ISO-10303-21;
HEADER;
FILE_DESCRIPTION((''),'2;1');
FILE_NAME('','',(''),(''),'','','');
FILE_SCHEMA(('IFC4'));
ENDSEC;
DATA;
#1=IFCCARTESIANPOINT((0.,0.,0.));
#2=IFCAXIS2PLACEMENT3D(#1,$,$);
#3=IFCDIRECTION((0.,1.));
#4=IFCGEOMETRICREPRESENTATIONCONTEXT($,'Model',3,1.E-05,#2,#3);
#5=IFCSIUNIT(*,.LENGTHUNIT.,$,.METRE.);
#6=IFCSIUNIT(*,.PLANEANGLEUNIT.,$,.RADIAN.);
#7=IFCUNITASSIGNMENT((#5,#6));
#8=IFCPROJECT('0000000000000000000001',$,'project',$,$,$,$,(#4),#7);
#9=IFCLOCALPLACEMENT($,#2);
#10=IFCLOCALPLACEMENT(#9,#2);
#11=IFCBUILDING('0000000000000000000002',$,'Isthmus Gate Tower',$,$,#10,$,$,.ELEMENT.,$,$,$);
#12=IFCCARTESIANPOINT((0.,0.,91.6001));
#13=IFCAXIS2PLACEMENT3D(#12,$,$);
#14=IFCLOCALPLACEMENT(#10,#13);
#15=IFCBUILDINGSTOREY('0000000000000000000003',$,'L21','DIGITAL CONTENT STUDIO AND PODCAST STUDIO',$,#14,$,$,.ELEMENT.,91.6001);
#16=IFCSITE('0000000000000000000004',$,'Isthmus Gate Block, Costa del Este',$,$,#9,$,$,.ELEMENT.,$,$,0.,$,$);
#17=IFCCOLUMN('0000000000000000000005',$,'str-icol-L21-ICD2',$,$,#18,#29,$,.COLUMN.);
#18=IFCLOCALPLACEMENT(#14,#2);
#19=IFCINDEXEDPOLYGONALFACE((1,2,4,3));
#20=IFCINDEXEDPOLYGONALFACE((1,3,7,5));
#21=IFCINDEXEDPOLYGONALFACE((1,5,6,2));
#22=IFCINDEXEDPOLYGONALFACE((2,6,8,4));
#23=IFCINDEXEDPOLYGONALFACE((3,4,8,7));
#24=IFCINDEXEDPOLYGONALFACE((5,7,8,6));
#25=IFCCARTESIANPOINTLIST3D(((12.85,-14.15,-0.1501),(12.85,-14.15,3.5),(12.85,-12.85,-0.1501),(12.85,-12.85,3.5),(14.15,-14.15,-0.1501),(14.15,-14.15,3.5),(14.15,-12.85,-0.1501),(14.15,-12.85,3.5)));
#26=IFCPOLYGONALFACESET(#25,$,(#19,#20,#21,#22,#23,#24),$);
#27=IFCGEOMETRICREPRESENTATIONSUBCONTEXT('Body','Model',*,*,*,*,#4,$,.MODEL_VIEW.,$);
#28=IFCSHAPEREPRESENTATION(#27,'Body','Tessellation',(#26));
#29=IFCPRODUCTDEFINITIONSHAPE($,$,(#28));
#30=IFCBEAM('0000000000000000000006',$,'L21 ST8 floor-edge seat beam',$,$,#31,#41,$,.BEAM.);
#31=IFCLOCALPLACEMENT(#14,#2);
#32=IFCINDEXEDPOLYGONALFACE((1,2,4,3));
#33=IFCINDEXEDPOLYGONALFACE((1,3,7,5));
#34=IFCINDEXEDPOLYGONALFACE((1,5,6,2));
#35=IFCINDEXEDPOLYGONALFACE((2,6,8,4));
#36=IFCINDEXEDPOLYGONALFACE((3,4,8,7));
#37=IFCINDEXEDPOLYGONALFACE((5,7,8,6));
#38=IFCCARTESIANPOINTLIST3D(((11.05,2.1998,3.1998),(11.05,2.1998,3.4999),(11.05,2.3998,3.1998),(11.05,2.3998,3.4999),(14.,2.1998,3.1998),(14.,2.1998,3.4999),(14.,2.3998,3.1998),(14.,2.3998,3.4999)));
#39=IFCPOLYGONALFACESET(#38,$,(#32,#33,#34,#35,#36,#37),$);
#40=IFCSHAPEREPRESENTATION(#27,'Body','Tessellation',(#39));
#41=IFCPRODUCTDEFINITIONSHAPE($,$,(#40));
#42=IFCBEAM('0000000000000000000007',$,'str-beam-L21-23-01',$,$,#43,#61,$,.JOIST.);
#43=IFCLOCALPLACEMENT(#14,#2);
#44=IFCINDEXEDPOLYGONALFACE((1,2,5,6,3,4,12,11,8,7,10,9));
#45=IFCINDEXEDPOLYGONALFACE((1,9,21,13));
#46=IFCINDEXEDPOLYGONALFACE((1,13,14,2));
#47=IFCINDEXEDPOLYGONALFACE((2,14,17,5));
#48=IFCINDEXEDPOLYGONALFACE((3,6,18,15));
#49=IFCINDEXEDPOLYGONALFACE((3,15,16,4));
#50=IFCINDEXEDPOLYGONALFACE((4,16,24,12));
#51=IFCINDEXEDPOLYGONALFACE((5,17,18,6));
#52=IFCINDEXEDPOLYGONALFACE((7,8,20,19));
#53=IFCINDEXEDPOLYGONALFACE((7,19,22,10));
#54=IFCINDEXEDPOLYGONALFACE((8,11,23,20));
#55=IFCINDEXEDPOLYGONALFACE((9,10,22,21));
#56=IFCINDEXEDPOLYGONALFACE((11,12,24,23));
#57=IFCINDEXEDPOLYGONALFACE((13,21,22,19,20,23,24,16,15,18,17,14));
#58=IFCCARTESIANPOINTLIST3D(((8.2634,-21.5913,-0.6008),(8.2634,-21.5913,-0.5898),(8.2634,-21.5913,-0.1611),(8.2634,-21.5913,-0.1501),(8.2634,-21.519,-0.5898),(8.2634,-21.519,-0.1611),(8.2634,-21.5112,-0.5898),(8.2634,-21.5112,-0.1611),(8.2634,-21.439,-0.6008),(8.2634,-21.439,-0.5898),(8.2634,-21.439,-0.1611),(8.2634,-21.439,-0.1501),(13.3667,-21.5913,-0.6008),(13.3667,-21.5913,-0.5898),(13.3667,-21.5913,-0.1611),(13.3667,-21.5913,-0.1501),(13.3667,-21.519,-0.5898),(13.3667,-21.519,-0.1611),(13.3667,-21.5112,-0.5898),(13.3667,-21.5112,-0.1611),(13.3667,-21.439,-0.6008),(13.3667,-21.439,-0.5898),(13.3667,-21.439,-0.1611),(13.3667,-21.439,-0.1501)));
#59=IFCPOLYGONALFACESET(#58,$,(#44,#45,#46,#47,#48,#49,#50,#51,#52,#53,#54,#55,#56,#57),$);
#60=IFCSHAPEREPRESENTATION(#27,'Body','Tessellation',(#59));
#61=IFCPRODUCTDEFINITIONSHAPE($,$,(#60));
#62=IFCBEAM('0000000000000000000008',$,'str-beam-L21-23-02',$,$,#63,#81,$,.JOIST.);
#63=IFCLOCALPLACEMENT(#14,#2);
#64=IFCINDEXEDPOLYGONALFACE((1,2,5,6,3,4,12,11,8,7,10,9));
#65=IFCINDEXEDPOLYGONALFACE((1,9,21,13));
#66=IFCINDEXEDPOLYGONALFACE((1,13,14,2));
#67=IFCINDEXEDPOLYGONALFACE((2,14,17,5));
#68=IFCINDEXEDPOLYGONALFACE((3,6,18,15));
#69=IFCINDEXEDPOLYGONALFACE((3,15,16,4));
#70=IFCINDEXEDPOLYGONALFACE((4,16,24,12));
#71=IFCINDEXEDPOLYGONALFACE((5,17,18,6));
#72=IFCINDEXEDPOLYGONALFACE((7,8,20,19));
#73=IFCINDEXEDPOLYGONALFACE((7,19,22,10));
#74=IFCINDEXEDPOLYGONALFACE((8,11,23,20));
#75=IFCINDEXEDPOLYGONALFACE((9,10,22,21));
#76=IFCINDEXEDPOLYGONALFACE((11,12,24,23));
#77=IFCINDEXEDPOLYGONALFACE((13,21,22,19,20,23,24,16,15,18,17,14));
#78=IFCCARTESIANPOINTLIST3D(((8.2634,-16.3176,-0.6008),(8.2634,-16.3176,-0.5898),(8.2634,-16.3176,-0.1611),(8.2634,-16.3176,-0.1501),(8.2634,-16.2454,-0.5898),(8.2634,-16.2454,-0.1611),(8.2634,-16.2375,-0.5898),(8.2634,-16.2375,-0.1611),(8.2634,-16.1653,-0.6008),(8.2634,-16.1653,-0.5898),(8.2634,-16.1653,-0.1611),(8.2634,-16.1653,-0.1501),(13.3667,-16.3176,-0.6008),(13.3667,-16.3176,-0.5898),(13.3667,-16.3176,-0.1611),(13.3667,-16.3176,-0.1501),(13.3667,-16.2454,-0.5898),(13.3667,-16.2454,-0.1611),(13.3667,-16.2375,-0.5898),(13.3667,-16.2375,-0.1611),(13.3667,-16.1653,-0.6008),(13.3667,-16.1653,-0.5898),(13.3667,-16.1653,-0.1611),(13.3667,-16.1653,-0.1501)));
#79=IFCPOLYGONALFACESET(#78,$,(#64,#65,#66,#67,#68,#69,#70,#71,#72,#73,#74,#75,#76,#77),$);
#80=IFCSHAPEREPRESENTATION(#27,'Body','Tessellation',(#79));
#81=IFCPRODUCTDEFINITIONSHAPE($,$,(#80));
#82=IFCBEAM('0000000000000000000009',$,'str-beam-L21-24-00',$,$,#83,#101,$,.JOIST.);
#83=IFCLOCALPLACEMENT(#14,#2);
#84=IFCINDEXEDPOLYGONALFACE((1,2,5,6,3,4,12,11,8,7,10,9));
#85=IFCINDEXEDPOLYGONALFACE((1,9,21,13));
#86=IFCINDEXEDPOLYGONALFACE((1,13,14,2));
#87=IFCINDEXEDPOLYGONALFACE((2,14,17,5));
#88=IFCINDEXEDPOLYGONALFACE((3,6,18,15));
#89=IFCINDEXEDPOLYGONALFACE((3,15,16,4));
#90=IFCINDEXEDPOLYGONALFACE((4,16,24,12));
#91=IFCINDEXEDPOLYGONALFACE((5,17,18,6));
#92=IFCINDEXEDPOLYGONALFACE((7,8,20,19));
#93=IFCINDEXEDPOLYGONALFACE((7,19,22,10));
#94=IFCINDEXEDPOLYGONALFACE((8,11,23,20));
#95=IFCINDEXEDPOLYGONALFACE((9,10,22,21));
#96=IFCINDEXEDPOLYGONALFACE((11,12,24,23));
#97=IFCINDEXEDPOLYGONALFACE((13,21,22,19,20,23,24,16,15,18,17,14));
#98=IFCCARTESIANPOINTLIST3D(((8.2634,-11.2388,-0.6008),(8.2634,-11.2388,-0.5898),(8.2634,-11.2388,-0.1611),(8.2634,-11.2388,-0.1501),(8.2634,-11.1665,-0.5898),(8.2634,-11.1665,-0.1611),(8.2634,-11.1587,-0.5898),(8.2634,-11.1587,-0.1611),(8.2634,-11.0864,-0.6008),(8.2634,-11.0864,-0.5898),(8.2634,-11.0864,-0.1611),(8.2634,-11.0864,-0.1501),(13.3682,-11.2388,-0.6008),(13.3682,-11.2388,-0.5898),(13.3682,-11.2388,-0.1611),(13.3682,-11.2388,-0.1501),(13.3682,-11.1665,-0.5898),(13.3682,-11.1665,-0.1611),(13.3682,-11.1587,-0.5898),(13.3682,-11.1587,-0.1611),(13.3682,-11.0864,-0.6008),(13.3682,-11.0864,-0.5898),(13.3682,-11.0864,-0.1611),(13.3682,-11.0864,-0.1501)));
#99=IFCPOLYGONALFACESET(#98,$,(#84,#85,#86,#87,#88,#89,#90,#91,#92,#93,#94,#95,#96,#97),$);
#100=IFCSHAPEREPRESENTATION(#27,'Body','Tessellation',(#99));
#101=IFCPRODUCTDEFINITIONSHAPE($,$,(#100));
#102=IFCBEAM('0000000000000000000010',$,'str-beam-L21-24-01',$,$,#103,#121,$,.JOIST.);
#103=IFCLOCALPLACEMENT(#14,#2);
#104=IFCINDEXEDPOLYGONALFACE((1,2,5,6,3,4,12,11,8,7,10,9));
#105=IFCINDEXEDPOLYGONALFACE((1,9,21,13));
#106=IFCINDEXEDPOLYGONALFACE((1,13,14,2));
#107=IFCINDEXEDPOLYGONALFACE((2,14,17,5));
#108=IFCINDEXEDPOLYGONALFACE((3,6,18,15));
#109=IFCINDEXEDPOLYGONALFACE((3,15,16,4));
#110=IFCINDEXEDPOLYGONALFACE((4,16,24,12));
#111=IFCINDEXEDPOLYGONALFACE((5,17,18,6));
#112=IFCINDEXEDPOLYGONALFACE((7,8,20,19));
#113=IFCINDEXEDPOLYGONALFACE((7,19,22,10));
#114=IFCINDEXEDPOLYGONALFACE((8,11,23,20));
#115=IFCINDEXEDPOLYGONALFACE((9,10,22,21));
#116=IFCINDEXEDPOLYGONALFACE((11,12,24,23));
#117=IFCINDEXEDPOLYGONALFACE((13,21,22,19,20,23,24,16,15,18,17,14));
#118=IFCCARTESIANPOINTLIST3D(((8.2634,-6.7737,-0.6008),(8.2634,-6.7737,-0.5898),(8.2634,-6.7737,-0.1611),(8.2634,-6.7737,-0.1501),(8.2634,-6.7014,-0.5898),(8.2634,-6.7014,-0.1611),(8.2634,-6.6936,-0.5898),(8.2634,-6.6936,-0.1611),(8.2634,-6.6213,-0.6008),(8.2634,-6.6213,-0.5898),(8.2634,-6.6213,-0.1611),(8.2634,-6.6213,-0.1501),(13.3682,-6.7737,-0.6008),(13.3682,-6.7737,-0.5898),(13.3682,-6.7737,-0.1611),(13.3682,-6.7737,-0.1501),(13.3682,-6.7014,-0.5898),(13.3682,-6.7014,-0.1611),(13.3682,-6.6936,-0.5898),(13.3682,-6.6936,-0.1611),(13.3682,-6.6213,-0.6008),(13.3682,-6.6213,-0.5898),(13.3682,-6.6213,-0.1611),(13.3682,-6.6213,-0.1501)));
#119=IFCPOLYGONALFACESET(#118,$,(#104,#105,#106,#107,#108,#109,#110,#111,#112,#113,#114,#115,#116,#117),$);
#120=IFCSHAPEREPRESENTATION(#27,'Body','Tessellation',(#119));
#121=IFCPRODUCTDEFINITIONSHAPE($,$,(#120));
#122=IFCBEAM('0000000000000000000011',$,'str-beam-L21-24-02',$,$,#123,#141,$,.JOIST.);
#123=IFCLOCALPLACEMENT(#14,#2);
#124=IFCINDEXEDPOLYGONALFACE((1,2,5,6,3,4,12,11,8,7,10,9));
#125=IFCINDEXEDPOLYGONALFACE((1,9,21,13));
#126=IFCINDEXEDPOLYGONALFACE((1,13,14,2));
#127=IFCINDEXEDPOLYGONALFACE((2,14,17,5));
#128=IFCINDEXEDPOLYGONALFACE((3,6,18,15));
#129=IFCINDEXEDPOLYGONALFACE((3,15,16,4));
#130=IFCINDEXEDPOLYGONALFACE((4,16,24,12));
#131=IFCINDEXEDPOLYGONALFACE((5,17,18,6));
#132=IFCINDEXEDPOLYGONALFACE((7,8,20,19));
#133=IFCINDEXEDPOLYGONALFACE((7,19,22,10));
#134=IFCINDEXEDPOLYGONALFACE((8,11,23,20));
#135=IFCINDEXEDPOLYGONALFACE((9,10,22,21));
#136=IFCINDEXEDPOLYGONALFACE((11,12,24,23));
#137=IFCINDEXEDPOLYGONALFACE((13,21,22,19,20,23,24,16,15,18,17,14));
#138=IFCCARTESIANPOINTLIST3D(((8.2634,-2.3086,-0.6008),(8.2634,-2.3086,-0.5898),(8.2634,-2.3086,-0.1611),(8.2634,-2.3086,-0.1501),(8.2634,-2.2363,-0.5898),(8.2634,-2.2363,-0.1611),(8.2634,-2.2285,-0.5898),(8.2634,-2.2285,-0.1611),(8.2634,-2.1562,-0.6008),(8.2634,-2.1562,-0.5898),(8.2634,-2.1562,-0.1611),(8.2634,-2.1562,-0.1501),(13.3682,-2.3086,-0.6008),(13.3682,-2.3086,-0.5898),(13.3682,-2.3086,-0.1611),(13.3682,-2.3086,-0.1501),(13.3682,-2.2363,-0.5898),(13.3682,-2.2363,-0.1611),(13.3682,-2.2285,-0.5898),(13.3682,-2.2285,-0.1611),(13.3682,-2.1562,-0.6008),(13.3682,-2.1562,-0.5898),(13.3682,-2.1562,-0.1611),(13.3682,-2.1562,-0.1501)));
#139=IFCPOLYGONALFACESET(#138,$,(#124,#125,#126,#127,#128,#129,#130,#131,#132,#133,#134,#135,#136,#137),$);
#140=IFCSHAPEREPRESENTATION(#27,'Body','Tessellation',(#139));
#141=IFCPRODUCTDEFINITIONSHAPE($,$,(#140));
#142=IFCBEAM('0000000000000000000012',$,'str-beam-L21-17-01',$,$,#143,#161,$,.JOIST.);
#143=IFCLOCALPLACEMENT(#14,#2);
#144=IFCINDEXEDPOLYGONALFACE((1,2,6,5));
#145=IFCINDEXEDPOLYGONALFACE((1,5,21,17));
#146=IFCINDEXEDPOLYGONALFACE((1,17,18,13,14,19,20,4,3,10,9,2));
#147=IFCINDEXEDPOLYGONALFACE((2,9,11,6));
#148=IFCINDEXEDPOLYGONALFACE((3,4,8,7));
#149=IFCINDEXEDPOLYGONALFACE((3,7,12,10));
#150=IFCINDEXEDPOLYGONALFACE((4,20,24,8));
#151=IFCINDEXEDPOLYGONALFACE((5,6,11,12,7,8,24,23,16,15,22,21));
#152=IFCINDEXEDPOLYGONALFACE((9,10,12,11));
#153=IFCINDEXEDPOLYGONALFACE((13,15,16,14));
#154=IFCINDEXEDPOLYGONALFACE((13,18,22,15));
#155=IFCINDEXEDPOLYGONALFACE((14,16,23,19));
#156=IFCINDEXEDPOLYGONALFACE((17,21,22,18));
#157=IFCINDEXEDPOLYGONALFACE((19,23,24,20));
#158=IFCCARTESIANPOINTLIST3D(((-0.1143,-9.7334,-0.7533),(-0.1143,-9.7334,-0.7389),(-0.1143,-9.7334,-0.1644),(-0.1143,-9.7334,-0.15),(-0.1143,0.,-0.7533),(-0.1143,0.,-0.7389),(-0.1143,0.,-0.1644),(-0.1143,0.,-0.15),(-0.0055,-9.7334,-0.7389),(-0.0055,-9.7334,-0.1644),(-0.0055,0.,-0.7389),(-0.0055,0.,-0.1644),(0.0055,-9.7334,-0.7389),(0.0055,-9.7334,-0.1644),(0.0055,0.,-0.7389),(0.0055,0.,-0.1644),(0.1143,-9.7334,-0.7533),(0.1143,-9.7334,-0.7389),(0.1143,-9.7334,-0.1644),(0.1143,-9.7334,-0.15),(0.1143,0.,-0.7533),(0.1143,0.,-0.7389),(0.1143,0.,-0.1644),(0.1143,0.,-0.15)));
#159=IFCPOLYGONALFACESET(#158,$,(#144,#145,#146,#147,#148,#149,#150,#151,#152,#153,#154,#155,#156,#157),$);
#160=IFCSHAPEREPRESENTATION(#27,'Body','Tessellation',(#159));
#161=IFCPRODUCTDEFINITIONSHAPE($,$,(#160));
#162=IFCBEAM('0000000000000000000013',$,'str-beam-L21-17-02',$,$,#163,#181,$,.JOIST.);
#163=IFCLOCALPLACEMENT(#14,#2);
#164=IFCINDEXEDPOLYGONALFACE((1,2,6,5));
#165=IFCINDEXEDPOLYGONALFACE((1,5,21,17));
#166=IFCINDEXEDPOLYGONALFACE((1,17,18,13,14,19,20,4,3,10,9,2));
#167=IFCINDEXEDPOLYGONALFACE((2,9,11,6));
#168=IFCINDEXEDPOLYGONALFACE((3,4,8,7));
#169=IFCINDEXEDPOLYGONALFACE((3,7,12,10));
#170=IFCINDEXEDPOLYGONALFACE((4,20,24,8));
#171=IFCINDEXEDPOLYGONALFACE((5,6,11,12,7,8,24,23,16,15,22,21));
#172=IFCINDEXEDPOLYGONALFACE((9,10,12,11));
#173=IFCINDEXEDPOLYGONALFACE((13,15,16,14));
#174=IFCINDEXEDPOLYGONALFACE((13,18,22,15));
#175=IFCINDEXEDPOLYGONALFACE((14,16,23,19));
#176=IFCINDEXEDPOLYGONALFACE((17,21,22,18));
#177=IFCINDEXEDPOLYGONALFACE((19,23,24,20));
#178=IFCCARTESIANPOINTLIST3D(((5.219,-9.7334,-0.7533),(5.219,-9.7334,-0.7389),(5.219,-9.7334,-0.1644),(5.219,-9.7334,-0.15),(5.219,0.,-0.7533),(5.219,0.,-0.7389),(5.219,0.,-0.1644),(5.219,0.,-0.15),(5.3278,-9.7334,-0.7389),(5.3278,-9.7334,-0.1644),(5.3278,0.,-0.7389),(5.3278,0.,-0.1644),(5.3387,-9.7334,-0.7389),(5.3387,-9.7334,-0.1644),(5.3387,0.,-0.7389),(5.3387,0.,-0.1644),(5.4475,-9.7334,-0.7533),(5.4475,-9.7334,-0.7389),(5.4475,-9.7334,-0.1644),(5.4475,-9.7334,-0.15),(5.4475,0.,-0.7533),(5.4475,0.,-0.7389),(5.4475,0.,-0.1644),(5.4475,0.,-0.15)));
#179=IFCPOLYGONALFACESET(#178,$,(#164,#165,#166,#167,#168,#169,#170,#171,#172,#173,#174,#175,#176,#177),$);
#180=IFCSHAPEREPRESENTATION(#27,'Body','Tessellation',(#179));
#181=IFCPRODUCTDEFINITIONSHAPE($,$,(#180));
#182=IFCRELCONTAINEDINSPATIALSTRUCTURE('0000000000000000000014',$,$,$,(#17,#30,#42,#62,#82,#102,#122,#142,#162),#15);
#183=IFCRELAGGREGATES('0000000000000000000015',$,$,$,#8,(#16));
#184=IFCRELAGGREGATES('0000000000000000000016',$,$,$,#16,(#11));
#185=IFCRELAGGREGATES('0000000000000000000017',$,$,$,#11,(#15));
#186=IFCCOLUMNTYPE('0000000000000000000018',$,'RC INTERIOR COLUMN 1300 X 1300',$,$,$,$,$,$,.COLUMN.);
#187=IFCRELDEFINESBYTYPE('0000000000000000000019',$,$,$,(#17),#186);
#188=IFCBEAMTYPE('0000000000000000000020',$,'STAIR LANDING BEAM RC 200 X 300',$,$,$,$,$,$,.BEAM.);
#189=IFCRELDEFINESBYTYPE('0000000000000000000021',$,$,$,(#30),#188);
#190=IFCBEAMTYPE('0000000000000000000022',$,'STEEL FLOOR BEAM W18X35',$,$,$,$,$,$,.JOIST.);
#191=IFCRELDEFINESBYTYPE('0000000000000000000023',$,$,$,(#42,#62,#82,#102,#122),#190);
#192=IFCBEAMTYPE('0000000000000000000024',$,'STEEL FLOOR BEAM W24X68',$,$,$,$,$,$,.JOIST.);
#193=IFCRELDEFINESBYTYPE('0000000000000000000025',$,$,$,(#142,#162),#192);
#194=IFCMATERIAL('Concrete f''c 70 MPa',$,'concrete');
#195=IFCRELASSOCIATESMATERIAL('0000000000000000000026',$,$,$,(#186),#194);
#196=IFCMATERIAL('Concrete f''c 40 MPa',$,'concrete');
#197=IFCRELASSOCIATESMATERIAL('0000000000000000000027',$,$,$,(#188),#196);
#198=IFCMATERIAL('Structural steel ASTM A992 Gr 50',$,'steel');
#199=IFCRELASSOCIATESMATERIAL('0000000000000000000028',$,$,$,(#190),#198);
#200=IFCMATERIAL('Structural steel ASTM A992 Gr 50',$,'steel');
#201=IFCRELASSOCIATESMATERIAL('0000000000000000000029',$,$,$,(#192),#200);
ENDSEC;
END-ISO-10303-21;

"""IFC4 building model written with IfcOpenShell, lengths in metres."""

from ifc_helpers import new_model, si_unit, direction, frame, origin, origin_2d, place, context, subcontext, project, spatial, rectangle, i_section, extrude, material, material_profile, profile_set, type_object, element, save


model = new_model("IFC4")

# Units and contexts
model_context = context("Model", 3, precision=1e-05, world=origin(), true_north=direction((0.0, 1.0)))
body_context = subcontext(model_context, "Body", "Model", "MODEL_VIEW")
ifc_project = project(units=[si_unit("LENGTHUNIT", "METRE"), si_unit("PLANEANGLEUNIT", "RADIAN")], contexts=[model_context])

# Site, building, storey
site_placement = place(None, origin())
site = spatial("IfcSite", under=ifc_project, at=site_placement, Name="Isthmus Gate Block, Costa del Este", CompositionType="ELEMENT", RefElevation=0.0)
building_placement = place(site_placement, origin())
building = spatial("IfcBuilding", under=site, at=building_placement, Name="Isthmus Gate Tower", CompositionType="ELEMENT")
storey_placement = place(building_placement, frame((0.0, 0.0, 91.6001)))
storey = spatial("IfcBuildingStorey", under=building, at=storey_placement, Name="L21", Description="DIGITAL CONTENT STUDIO AND PODCAST STUDIO", CompositionType="ELEMENT", Elevation=91.6001)

# Column
ifc_material_1 = material(Name="Concrete f'c 70 MPa", Category="concrete")
ifc_material_profile_1 = material_profile(ifc_material_1, rectangle(XDim=1.3, YDim=1.3, at=origin_2d()), Name="RC 1300X1300")
ifc_profile_set_1 = profile_set([ifc_material_profile_1], Name="Concrete f'c 70 MPa")
column_type = type_object("IfcColumnType", Name="RC INTERIOR COLUMN 1300 X 1300", PredefinedType="COLUMN", material=ifc_profile_set_1)
column_placement = place(storey_placement, frame((13.5, -13.5, -0.1501), z_axis=(0.0, 0.0, 1.0), x_axis=(1.0, 0.0, 0.0)))
element("IfcColumn", 1, at=column_placement, inside=storey, type_object=column_type, Name="str-icol-L21-ICD2", PredefinedType="COLUMN", context=body_context, shape_type="SweptSolid", body=[
    extrude(rectangle(XDim=1.3, YDim=1.3, at=origin_2d()), origin(), (0.0, 0.0, 1.0), 3.6501),
])

# Beams
ifc_material_2 = material(Name="Concrete f'c 40 MPa", Category="concrete")
ifc_material_profile_2 = material_profile(ifc_material_2, rectangle(XDim=0.2, YDim=0.3, at=origin_2d()), Name="STAIR LANDING BEAM RC 200 X 300")
ifc_profile_set_2 = profile_set([ifc_material_profile_2], Name="Concrete f'c 40 MPa")
beam_type_1 = type_object("IfcBeamType", Name="STAIR LANDING BEAM RC 200 X 300", PredefinedType="BEAM", material=ifc_profile_set_2)
beam_1_placement = place(storey_placement, frame((11.05, 2.2998, 3.3499), z_axis=(1.0, 0.0, 0.0), x_axis=(0.0, 1.0, 0.0)))
element("IfcBeam", 2, at=beam_1_placement, inside=storey, type_object=beam_type_1, Name="L21 ST8 floor-edge seat beam", PredefinedType="BEAM", context=body_context, shape_type="SweptSolid", body=[
    extrude(rectangle(XDim=0.2, YDim=0.3, at=origin_2d()), origin(), (0.0, 0.0, 1.0), 2.95),
])
ifc_material_3 = material(Name="Structural steel ASTM A992 Gr 50", Category="steel")
ifc_material_profile_3 = material_profile(ifc_material_3, i_section(OverallWidth=0.1523, OverallDepth=0.4507, WebThickness=0.0078, FlangeThickness=0.011, at=origin_2d()), Name="W18X35")
ifc_profile_set_3 = profile_set([ifc_material_profile_3], Name="Structural steel ASTM A992 Gr 50")
beam_type_2 = type_object("IfcBeamType", Name="STEEL FLOOR BEAM W18X35", PredefinedType="JOIST", material=ifc_profile_set_3)
for number, where, z_axis, x_axis, name in (
    (3, (8.2634, -21.5151, -0.3755), (1.0, 0.0, 0.0), (0.0, 1.0, 0.0), "str-beam-L21-23-01"),
    (4, (8.2634, -16.2415, -0.3755), (1.0, 0.0, 0.0), (0.0, 1.0, 0.0), "str-beam-L21-23-02"),
):
    element("IfcBeam", number, at=place(storey_placement, frame(where, z_axis=z_axis, x_axis=x_axis)), inside=storey, type_object=beam_type_2, Name=name, PredefinedType="JOIST", context=body_context, shape_type="SweptSolid", body=[
        extrude(i_section(OverallWidth=0.1523, OverallDepth=0.4507, WebThickness=0.0078, FlangeThickness=0.011, at=origin_2d()), origin(), (0.0, 0.0, 1.0), 5.1033),
    ])
for number, where, z_axis, x_axis, name in (
    (5, (8.2634, -11.1626, -0.3755), (1.0, 0.0, 0.0), (0.0, 1.0, 0.0), "str-beam-L21-24-00"),
    (6, (8.2634, -6.6975, -0.3755), (1.0, 0.0, 0.0), (0.0, 1.0, 0.0), "str-beam-L21-24-01"),
    (7, (8.2634, -2.2324, -0.3755), (1.0, 0.0, 0.0), (0.0, 1.0, 0.0), "str-beam-L21-24-02"),
):
    element("IfcBeam", number, at=place(storey_placement, frame(where, z_axis=z_axis, x_axis=x_axis)), inside=storey, type_object=beam_type_2, Name=name, PredefinedType="JOIST", context=body_context, shape_type="SweptSolid", body=[
        extrude(i_section(OverallWidth=0.1523, OverallDepth=0.4507, WebThickness=0.0078, FlangeThickness=0.011, at=origin_2d()), origin(), (0.0, 0.0, 1.0), 5.1047),
    ])
ifc_material_4 = material(Name="Structural steel ASTM A992 Gr 50", Category="steel")
ifc_material_profile_4 = material_profile(ifc_material_4, i_section(OverallWidth=0.2285, OverallDepth=0.6033, WebThickness=0.011, FlangeThickness=0.0144, at=origin_2d()), Name="W24X68")
ifc_profile_set_4 = profile_set([ifc_material_profile_4], Name="Structural steel ASTM A992 Gr 50")
beam_type_3 = type_object("IfcBeamType", Name="STEEL FLOOR BEAM W24X68", PredefinedType="JOIST", material=ifc_profile_set_4)
for number, where, z_axis, x_axis, name in (
    (8, (0.0, -9.7334, -0.4517), (0.0, 1.0, 0.0), (-1.0, 0.0, 0.0), "str-beam-L21-17-01"),
    (9, (5.3333, -9.7334, -0.4517), (0.0, 1.0, 0.0), (-1.0, 0.0, 0.0), "str-beam-L21-17-02"),
):
    element("IfcBeam", number, at=place(storey_placement, frame(where, z_axis=z_axis, x_axis=x_axis)), inside=storey, type_object=beam_type_3, Name=name, PredefinedType="JOIST", context=body_context, shape_type="SweptSolid", body=[
        extrude(i_section(OverallWidth=0.2285, OverallDepth=0.6033, WebThickness=0.011, FlangeThickness=0.0144, at=origin_2d()), origin(), (0.0, 0.0, 1.0), 9.7334),
    ])

save(model, "model.ifc")
